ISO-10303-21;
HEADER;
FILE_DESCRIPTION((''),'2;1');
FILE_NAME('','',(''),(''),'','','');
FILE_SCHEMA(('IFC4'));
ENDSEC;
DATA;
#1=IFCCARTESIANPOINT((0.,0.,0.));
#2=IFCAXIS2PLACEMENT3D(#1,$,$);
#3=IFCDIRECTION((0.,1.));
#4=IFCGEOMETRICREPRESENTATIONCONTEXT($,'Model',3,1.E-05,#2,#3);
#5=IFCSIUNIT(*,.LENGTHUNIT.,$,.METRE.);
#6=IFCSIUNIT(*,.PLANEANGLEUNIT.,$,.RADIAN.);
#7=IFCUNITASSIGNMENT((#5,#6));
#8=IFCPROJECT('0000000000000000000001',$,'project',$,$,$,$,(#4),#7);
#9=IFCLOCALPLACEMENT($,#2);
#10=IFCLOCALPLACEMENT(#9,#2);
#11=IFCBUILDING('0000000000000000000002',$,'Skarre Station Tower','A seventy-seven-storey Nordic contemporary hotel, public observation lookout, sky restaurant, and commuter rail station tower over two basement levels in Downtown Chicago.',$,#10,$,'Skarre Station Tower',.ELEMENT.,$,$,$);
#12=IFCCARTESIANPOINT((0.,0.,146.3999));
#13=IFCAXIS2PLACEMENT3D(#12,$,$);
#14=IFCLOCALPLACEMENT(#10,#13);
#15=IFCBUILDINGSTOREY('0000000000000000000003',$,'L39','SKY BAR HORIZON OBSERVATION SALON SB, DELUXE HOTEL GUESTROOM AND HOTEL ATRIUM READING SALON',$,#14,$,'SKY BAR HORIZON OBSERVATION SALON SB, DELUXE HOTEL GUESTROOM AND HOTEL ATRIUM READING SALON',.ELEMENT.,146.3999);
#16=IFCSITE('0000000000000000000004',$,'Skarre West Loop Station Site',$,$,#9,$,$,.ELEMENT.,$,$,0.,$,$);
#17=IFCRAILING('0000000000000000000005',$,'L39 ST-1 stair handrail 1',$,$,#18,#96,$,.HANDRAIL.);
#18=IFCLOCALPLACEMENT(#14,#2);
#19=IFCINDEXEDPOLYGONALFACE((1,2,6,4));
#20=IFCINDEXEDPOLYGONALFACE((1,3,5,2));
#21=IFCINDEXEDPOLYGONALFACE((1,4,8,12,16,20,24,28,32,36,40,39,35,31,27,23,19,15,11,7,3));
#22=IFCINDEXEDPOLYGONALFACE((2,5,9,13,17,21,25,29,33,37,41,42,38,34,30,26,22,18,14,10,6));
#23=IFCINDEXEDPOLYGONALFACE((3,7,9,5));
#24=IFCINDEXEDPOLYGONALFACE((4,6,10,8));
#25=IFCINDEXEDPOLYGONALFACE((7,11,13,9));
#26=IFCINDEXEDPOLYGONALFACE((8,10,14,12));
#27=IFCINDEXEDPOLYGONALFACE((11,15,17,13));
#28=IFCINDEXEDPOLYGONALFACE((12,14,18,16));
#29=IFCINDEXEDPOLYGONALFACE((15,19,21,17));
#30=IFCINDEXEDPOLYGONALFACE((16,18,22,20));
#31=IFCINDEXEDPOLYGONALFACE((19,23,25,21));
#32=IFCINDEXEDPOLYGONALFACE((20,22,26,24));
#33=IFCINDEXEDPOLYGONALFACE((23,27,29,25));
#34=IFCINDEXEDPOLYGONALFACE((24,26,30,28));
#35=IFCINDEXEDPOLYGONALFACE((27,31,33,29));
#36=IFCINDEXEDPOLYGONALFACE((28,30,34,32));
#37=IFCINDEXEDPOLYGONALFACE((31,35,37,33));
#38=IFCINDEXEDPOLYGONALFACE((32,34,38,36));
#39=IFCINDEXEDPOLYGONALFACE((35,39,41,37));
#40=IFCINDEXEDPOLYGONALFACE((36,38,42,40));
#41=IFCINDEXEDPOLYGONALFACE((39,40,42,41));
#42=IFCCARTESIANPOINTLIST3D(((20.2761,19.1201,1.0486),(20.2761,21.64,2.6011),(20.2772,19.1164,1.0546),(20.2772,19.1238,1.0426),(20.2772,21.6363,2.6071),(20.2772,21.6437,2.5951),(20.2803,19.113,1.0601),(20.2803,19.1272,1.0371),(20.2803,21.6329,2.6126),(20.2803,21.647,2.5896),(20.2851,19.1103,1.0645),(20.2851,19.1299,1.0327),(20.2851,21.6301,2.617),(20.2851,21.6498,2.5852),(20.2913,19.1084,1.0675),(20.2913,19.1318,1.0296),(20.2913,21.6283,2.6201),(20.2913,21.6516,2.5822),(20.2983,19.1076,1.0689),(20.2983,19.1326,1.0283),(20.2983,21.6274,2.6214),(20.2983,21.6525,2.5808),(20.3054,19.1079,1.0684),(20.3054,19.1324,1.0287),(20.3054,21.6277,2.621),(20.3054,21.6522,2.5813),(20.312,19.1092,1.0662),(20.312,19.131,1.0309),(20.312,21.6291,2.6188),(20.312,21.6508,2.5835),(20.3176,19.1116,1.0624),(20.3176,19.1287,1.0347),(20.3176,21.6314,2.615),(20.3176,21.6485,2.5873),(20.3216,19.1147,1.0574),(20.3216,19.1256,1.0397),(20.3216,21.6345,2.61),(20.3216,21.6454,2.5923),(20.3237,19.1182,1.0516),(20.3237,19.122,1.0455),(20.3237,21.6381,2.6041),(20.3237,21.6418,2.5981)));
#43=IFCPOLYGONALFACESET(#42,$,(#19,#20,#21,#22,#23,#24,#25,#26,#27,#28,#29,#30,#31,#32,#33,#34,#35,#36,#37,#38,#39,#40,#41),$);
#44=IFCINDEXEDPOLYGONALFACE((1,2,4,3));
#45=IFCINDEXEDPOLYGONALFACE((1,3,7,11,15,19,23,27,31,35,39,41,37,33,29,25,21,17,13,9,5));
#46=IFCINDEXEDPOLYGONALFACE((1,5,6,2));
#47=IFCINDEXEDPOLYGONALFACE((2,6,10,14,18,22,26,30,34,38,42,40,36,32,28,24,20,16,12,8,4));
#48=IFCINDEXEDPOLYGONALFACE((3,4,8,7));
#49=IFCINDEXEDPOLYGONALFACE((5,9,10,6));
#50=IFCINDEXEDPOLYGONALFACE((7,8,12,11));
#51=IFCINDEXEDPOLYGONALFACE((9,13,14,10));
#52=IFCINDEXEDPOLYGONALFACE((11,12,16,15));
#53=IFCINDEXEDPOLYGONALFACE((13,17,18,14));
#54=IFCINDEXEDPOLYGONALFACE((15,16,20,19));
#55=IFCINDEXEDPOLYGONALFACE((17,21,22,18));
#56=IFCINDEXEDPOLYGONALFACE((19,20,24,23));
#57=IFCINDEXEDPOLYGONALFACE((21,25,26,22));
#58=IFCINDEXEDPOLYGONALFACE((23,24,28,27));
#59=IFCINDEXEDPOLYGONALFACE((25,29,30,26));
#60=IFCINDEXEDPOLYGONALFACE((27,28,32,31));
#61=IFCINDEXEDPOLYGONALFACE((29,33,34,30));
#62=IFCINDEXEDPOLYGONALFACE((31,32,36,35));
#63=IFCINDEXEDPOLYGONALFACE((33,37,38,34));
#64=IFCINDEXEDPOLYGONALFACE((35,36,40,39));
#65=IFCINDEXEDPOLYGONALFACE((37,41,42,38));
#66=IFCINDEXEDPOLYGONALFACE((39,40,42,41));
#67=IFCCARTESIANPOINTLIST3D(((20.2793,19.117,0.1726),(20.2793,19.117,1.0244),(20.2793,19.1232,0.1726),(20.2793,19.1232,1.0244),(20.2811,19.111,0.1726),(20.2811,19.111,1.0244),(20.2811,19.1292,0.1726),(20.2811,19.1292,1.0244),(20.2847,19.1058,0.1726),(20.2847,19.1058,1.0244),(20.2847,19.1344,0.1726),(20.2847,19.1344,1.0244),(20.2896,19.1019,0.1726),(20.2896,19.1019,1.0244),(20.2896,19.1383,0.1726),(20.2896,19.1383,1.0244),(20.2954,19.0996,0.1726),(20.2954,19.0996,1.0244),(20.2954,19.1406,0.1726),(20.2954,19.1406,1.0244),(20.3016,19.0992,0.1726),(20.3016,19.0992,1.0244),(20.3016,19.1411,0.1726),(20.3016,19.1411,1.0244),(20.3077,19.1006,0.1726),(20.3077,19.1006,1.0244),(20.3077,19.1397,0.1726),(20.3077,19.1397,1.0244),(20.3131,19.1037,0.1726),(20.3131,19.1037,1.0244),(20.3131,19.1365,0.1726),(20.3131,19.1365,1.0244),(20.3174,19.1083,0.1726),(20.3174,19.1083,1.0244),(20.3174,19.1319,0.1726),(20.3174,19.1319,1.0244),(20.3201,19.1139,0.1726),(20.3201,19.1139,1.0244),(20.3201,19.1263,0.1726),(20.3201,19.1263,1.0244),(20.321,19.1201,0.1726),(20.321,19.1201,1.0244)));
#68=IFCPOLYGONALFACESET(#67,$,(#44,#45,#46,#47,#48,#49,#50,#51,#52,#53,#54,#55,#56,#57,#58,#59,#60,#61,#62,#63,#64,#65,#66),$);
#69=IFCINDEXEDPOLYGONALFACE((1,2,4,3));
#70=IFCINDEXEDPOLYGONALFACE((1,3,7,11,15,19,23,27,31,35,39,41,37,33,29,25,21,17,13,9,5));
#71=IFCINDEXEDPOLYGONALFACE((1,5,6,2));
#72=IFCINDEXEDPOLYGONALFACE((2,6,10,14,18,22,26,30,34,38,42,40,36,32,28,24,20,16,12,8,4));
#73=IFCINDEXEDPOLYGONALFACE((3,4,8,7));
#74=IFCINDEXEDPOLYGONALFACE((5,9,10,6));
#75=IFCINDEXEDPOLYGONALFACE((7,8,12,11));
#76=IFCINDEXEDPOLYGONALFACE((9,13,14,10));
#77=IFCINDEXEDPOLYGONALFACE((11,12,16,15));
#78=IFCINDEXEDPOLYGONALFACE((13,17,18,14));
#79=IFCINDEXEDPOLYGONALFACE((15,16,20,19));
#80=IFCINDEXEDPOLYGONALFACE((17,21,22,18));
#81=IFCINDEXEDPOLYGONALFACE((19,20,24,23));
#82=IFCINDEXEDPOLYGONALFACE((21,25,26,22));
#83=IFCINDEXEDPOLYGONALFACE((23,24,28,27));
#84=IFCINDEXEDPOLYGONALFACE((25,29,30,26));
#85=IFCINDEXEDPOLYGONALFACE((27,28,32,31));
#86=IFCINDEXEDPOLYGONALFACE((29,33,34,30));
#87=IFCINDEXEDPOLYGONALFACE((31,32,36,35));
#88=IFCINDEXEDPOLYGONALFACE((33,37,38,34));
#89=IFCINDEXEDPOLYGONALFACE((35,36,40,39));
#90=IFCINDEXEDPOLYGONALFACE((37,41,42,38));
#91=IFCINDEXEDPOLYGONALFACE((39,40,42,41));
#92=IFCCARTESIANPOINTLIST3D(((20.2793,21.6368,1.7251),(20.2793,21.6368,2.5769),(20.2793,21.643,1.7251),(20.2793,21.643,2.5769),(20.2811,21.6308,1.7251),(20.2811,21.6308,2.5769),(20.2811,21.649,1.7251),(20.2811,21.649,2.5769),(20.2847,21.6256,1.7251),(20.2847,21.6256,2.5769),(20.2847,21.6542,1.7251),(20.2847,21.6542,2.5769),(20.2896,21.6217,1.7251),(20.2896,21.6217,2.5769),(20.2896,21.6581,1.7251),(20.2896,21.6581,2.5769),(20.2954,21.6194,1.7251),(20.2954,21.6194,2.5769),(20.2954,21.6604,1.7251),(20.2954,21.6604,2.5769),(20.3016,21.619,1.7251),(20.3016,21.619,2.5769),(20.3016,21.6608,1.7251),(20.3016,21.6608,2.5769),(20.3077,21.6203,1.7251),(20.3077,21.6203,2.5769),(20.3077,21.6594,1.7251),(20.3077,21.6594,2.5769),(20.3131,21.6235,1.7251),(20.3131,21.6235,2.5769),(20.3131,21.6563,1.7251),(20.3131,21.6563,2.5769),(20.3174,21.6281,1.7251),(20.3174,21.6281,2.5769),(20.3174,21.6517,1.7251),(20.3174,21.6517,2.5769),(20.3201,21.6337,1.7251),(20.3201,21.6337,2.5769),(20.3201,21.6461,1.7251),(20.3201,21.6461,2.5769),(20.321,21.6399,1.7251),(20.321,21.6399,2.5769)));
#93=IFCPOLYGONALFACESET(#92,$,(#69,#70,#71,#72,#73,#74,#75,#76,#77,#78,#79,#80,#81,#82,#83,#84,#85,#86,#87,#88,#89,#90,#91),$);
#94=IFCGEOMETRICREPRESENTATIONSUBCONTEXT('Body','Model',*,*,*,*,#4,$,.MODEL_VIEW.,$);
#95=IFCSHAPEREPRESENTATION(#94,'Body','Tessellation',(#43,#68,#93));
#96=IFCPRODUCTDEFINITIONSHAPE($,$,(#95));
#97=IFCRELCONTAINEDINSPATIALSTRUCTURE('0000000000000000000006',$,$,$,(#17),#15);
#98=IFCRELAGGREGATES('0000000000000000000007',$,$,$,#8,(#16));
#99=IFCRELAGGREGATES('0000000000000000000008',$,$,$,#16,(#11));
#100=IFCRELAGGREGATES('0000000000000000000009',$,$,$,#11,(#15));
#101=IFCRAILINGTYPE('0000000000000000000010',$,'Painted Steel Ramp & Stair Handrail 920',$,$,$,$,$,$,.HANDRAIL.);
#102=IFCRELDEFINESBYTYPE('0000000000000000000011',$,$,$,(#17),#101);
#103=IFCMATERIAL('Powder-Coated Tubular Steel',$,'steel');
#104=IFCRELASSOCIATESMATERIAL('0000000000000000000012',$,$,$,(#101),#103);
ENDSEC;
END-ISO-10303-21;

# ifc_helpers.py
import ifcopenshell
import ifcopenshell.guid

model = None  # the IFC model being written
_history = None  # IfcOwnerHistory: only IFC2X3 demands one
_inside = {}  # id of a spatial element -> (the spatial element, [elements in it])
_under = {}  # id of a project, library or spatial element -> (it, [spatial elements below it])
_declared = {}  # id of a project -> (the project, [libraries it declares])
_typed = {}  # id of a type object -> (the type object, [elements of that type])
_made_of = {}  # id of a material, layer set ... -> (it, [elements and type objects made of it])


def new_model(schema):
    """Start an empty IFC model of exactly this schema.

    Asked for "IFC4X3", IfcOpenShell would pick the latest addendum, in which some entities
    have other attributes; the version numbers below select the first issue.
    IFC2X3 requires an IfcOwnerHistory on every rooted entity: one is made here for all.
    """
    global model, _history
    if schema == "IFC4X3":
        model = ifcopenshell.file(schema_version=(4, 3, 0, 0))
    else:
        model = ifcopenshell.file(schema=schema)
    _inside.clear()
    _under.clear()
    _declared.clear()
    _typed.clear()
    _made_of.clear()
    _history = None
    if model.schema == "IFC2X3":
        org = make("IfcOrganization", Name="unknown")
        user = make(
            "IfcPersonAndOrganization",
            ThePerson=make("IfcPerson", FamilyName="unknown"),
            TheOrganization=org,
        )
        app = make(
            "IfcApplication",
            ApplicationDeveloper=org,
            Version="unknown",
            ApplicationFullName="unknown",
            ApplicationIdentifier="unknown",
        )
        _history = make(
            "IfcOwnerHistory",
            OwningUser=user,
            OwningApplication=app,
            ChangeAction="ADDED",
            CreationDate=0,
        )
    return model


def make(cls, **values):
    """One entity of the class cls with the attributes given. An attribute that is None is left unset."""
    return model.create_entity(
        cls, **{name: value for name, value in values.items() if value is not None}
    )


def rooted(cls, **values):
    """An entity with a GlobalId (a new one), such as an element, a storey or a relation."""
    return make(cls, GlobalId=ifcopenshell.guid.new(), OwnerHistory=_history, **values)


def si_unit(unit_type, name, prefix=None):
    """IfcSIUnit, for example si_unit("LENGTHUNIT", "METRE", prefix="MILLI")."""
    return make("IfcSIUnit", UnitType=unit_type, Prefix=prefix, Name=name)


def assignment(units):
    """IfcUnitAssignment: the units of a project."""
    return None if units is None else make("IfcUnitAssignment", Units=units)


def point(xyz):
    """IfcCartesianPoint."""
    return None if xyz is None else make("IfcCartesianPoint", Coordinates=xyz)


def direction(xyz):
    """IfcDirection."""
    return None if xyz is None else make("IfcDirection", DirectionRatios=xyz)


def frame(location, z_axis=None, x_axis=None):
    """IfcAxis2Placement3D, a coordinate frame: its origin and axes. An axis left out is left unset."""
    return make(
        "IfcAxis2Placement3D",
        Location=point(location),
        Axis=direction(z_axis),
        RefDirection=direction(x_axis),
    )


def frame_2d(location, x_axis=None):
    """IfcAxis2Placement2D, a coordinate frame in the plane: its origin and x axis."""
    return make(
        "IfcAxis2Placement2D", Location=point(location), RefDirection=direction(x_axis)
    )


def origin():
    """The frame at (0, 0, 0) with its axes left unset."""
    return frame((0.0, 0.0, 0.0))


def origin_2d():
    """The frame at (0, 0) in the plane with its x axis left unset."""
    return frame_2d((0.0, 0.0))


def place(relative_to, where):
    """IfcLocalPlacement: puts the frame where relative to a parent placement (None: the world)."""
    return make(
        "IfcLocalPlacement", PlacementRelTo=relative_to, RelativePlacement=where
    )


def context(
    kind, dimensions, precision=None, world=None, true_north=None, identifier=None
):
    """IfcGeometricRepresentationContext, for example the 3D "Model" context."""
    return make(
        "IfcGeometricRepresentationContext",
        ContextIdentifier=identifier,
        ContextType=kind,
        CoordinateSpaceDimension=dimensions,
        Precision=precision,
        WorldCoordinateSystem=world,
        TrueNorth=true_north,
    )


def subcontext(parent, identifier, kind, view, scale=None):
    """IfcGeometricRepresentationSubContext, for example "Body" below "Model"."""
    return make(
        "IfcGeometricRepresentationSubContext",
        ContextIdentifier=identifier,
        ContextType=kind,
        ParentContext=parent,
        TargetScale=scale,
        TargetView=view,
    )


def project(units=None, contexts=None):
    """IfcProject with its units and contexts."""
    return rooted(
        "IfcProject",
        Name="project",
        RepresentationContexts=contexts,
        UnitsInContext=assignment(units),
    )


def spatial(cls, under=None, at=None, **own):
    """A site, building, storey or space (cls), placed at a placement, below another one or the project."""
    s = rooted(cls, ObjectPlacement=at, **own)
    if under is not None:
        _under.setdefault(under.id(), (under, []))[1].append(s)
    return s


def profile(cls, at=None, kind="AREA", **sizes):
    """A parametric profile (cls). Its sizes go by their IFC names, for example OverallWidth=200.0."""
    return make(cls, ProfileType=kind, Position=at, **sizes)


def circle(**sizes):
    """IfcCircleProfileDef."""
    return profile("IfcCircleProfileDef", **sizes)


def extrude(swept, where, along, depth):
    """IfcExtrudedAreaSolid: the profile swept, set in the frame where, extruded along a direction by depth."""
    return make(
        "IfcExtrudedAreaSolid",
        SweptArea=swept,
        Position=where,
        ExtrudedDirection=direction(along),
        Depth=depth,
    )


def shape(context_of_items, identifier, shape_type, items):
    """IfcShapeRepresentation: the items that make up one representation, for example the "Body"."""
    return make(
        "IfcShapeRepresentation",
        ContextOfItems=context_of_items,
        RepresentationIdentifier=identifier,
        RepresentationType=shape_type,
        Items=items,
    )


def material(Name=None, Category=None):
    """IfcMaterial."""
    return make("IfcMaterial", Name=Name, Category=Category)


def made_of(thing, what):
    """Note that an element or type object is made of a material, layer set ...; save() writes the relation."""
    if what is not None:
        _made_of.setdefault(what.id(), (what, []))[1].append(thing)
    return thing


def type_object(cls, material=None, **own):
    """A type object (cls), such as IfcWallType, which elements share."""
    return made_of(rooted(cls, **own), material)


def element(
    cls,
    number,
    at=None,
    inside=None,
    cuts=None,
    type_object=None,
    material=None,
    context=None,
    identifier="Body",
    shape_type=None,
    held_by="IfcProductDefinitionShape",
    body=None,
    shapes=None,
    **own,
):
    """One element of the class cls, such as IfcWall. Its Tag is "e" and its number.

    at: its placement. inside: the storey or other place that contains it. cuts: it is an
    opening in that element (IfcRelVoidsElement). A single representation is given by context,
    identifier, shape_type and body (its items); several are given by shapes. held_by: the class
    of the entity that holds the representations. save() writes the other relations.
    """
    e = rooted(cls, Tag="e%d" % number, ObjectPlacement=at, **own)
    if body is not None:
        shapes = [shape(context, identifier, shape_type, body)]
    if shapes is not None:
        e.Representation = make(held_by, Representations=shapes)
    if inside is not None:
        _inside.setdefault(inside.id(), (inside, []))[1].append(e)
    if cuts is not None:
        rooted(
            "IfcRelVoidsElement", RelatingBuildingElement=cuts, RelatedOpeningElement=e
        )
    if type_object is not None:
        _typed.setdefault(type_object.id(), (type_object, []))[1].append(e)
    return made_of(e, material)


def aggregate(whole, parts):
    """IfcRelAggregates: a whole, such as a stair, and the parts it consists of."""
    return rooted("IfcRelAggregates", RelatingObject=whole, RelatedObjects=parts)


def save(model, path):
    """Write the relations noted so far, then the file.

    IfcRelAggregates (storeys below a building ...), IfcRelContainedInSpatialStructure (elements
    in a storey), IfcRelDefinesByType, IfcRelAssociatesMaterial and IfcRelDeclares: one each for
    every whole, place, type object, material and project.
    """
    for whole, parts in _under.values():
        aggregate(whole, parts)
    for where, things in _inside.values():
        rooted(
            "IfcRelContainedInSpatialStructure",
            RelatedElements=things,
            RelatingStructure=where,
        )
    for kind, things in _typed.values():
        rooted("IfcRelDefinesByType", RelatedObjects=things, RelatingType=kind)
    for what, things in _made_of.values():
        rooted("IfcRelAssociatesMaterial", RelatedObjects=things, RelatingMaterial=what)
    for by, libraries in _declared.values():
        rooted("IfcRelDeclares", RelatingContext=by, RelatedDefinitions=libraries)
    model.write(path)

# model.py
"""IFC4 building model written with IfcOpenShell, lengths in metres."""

from ifc_helpers import new_model, si_unit, direction, frame, origin, origin_2d, place, context, subcontext, project, spatial, circle, extrude, material, type_object, element, save


model = new_model("IFC4")

# Units and contexts
model_context = context("Model", 3, precision=1e-05, world=origin(), true_north=direction((0.0, 1.0)))
body_context = subcontext(model_context, "Body", "Model", "MODEL_VIEW")
ifc_project = project(units=[si_unit("LENGTHUNIT", "METRE"), si_unit("PLANEANGLEUNIT", "RADIAN")], contexts=[model_context])

# Site, building, storey
site_placement = place(None, origin())
site = spatial("IfcSite", under=ifc_project, at=site_placement, Name="Skarre West Loop Station Site", CompositionType="ELEMENT", RefElevation=0.0)
building_placement = place(site_placement, origin())
building = spatial("IfcBuilding", under=site, at=building_placement, Name="Skarre Station Tower", Description="A seventy-seven-storey Nordic contemporary hotel, public observation lookout, sky restaurant, and commuter rail station tower over two basement levels in Downtown Chicago.", LongName="Skarre Station Tower", CompositionType="ELEMENT")
storey_placement = place(building_placement, frame((0.0, 0.0, 146.3999)))
storey = spatial("IfcBuildingStorey", under=building, at=storey_placement, Name="L39", Description="SKY BAR HORIZON OBSERVATION SALON SB, DELUXE HOTEL GUESTROOM AND HOTEL ATRIUM READING SALON", LongName="SKY BAR HORIZON OBSERVATION SALON SB, DELUXE HOTEL GUESTROOM AND HOTEL ATRIUM READING SALON", CompositionType="ELEMENT", Elevation=146.3999)

# Railing
ifc_material_1 = material(Name="Powder-Coated Tubular Steel", Category="steel")
railing_type = type_object("IfcRailingType", Name="Painted Steel Ramp & Stair Handrail 920", PredefinedType="HANDRAIL", material=ifc_material_1)
railing_placement = place(storey_placement, frame((20.3, 19.1201, 0.1726)))
element("IfcRailing", 1, at=railing_placement, inside=storey, type_object=railing_type, Name="L39 ST-1 stair handrail 1", PredefinedType="HANDRAIL", context=body_context, shape_type="SweptSolid", body=[
    extrude(circle(Radius=0.0239, at=origin_2d()), frame((0.0, 0.0, 0.876), z_axis=(0.0, 0.851378, 0.524553), x_axis=(-1.0, 0.0, 0.0)), (0.0, 0.0, 1.0), 2.9597),
    extrude(circle(Radius=0.021, at=origin_2d()), origin(), (0.0, 0.0, 1.0), 0.8518),
    extrude(circle(Radius=0.021, at=origin_2d()), frame((0.0, 2.5198, 1.5525)), (0.0, 0.0, 1.0), 0.8518),
])

save(model, "model.ifc")
